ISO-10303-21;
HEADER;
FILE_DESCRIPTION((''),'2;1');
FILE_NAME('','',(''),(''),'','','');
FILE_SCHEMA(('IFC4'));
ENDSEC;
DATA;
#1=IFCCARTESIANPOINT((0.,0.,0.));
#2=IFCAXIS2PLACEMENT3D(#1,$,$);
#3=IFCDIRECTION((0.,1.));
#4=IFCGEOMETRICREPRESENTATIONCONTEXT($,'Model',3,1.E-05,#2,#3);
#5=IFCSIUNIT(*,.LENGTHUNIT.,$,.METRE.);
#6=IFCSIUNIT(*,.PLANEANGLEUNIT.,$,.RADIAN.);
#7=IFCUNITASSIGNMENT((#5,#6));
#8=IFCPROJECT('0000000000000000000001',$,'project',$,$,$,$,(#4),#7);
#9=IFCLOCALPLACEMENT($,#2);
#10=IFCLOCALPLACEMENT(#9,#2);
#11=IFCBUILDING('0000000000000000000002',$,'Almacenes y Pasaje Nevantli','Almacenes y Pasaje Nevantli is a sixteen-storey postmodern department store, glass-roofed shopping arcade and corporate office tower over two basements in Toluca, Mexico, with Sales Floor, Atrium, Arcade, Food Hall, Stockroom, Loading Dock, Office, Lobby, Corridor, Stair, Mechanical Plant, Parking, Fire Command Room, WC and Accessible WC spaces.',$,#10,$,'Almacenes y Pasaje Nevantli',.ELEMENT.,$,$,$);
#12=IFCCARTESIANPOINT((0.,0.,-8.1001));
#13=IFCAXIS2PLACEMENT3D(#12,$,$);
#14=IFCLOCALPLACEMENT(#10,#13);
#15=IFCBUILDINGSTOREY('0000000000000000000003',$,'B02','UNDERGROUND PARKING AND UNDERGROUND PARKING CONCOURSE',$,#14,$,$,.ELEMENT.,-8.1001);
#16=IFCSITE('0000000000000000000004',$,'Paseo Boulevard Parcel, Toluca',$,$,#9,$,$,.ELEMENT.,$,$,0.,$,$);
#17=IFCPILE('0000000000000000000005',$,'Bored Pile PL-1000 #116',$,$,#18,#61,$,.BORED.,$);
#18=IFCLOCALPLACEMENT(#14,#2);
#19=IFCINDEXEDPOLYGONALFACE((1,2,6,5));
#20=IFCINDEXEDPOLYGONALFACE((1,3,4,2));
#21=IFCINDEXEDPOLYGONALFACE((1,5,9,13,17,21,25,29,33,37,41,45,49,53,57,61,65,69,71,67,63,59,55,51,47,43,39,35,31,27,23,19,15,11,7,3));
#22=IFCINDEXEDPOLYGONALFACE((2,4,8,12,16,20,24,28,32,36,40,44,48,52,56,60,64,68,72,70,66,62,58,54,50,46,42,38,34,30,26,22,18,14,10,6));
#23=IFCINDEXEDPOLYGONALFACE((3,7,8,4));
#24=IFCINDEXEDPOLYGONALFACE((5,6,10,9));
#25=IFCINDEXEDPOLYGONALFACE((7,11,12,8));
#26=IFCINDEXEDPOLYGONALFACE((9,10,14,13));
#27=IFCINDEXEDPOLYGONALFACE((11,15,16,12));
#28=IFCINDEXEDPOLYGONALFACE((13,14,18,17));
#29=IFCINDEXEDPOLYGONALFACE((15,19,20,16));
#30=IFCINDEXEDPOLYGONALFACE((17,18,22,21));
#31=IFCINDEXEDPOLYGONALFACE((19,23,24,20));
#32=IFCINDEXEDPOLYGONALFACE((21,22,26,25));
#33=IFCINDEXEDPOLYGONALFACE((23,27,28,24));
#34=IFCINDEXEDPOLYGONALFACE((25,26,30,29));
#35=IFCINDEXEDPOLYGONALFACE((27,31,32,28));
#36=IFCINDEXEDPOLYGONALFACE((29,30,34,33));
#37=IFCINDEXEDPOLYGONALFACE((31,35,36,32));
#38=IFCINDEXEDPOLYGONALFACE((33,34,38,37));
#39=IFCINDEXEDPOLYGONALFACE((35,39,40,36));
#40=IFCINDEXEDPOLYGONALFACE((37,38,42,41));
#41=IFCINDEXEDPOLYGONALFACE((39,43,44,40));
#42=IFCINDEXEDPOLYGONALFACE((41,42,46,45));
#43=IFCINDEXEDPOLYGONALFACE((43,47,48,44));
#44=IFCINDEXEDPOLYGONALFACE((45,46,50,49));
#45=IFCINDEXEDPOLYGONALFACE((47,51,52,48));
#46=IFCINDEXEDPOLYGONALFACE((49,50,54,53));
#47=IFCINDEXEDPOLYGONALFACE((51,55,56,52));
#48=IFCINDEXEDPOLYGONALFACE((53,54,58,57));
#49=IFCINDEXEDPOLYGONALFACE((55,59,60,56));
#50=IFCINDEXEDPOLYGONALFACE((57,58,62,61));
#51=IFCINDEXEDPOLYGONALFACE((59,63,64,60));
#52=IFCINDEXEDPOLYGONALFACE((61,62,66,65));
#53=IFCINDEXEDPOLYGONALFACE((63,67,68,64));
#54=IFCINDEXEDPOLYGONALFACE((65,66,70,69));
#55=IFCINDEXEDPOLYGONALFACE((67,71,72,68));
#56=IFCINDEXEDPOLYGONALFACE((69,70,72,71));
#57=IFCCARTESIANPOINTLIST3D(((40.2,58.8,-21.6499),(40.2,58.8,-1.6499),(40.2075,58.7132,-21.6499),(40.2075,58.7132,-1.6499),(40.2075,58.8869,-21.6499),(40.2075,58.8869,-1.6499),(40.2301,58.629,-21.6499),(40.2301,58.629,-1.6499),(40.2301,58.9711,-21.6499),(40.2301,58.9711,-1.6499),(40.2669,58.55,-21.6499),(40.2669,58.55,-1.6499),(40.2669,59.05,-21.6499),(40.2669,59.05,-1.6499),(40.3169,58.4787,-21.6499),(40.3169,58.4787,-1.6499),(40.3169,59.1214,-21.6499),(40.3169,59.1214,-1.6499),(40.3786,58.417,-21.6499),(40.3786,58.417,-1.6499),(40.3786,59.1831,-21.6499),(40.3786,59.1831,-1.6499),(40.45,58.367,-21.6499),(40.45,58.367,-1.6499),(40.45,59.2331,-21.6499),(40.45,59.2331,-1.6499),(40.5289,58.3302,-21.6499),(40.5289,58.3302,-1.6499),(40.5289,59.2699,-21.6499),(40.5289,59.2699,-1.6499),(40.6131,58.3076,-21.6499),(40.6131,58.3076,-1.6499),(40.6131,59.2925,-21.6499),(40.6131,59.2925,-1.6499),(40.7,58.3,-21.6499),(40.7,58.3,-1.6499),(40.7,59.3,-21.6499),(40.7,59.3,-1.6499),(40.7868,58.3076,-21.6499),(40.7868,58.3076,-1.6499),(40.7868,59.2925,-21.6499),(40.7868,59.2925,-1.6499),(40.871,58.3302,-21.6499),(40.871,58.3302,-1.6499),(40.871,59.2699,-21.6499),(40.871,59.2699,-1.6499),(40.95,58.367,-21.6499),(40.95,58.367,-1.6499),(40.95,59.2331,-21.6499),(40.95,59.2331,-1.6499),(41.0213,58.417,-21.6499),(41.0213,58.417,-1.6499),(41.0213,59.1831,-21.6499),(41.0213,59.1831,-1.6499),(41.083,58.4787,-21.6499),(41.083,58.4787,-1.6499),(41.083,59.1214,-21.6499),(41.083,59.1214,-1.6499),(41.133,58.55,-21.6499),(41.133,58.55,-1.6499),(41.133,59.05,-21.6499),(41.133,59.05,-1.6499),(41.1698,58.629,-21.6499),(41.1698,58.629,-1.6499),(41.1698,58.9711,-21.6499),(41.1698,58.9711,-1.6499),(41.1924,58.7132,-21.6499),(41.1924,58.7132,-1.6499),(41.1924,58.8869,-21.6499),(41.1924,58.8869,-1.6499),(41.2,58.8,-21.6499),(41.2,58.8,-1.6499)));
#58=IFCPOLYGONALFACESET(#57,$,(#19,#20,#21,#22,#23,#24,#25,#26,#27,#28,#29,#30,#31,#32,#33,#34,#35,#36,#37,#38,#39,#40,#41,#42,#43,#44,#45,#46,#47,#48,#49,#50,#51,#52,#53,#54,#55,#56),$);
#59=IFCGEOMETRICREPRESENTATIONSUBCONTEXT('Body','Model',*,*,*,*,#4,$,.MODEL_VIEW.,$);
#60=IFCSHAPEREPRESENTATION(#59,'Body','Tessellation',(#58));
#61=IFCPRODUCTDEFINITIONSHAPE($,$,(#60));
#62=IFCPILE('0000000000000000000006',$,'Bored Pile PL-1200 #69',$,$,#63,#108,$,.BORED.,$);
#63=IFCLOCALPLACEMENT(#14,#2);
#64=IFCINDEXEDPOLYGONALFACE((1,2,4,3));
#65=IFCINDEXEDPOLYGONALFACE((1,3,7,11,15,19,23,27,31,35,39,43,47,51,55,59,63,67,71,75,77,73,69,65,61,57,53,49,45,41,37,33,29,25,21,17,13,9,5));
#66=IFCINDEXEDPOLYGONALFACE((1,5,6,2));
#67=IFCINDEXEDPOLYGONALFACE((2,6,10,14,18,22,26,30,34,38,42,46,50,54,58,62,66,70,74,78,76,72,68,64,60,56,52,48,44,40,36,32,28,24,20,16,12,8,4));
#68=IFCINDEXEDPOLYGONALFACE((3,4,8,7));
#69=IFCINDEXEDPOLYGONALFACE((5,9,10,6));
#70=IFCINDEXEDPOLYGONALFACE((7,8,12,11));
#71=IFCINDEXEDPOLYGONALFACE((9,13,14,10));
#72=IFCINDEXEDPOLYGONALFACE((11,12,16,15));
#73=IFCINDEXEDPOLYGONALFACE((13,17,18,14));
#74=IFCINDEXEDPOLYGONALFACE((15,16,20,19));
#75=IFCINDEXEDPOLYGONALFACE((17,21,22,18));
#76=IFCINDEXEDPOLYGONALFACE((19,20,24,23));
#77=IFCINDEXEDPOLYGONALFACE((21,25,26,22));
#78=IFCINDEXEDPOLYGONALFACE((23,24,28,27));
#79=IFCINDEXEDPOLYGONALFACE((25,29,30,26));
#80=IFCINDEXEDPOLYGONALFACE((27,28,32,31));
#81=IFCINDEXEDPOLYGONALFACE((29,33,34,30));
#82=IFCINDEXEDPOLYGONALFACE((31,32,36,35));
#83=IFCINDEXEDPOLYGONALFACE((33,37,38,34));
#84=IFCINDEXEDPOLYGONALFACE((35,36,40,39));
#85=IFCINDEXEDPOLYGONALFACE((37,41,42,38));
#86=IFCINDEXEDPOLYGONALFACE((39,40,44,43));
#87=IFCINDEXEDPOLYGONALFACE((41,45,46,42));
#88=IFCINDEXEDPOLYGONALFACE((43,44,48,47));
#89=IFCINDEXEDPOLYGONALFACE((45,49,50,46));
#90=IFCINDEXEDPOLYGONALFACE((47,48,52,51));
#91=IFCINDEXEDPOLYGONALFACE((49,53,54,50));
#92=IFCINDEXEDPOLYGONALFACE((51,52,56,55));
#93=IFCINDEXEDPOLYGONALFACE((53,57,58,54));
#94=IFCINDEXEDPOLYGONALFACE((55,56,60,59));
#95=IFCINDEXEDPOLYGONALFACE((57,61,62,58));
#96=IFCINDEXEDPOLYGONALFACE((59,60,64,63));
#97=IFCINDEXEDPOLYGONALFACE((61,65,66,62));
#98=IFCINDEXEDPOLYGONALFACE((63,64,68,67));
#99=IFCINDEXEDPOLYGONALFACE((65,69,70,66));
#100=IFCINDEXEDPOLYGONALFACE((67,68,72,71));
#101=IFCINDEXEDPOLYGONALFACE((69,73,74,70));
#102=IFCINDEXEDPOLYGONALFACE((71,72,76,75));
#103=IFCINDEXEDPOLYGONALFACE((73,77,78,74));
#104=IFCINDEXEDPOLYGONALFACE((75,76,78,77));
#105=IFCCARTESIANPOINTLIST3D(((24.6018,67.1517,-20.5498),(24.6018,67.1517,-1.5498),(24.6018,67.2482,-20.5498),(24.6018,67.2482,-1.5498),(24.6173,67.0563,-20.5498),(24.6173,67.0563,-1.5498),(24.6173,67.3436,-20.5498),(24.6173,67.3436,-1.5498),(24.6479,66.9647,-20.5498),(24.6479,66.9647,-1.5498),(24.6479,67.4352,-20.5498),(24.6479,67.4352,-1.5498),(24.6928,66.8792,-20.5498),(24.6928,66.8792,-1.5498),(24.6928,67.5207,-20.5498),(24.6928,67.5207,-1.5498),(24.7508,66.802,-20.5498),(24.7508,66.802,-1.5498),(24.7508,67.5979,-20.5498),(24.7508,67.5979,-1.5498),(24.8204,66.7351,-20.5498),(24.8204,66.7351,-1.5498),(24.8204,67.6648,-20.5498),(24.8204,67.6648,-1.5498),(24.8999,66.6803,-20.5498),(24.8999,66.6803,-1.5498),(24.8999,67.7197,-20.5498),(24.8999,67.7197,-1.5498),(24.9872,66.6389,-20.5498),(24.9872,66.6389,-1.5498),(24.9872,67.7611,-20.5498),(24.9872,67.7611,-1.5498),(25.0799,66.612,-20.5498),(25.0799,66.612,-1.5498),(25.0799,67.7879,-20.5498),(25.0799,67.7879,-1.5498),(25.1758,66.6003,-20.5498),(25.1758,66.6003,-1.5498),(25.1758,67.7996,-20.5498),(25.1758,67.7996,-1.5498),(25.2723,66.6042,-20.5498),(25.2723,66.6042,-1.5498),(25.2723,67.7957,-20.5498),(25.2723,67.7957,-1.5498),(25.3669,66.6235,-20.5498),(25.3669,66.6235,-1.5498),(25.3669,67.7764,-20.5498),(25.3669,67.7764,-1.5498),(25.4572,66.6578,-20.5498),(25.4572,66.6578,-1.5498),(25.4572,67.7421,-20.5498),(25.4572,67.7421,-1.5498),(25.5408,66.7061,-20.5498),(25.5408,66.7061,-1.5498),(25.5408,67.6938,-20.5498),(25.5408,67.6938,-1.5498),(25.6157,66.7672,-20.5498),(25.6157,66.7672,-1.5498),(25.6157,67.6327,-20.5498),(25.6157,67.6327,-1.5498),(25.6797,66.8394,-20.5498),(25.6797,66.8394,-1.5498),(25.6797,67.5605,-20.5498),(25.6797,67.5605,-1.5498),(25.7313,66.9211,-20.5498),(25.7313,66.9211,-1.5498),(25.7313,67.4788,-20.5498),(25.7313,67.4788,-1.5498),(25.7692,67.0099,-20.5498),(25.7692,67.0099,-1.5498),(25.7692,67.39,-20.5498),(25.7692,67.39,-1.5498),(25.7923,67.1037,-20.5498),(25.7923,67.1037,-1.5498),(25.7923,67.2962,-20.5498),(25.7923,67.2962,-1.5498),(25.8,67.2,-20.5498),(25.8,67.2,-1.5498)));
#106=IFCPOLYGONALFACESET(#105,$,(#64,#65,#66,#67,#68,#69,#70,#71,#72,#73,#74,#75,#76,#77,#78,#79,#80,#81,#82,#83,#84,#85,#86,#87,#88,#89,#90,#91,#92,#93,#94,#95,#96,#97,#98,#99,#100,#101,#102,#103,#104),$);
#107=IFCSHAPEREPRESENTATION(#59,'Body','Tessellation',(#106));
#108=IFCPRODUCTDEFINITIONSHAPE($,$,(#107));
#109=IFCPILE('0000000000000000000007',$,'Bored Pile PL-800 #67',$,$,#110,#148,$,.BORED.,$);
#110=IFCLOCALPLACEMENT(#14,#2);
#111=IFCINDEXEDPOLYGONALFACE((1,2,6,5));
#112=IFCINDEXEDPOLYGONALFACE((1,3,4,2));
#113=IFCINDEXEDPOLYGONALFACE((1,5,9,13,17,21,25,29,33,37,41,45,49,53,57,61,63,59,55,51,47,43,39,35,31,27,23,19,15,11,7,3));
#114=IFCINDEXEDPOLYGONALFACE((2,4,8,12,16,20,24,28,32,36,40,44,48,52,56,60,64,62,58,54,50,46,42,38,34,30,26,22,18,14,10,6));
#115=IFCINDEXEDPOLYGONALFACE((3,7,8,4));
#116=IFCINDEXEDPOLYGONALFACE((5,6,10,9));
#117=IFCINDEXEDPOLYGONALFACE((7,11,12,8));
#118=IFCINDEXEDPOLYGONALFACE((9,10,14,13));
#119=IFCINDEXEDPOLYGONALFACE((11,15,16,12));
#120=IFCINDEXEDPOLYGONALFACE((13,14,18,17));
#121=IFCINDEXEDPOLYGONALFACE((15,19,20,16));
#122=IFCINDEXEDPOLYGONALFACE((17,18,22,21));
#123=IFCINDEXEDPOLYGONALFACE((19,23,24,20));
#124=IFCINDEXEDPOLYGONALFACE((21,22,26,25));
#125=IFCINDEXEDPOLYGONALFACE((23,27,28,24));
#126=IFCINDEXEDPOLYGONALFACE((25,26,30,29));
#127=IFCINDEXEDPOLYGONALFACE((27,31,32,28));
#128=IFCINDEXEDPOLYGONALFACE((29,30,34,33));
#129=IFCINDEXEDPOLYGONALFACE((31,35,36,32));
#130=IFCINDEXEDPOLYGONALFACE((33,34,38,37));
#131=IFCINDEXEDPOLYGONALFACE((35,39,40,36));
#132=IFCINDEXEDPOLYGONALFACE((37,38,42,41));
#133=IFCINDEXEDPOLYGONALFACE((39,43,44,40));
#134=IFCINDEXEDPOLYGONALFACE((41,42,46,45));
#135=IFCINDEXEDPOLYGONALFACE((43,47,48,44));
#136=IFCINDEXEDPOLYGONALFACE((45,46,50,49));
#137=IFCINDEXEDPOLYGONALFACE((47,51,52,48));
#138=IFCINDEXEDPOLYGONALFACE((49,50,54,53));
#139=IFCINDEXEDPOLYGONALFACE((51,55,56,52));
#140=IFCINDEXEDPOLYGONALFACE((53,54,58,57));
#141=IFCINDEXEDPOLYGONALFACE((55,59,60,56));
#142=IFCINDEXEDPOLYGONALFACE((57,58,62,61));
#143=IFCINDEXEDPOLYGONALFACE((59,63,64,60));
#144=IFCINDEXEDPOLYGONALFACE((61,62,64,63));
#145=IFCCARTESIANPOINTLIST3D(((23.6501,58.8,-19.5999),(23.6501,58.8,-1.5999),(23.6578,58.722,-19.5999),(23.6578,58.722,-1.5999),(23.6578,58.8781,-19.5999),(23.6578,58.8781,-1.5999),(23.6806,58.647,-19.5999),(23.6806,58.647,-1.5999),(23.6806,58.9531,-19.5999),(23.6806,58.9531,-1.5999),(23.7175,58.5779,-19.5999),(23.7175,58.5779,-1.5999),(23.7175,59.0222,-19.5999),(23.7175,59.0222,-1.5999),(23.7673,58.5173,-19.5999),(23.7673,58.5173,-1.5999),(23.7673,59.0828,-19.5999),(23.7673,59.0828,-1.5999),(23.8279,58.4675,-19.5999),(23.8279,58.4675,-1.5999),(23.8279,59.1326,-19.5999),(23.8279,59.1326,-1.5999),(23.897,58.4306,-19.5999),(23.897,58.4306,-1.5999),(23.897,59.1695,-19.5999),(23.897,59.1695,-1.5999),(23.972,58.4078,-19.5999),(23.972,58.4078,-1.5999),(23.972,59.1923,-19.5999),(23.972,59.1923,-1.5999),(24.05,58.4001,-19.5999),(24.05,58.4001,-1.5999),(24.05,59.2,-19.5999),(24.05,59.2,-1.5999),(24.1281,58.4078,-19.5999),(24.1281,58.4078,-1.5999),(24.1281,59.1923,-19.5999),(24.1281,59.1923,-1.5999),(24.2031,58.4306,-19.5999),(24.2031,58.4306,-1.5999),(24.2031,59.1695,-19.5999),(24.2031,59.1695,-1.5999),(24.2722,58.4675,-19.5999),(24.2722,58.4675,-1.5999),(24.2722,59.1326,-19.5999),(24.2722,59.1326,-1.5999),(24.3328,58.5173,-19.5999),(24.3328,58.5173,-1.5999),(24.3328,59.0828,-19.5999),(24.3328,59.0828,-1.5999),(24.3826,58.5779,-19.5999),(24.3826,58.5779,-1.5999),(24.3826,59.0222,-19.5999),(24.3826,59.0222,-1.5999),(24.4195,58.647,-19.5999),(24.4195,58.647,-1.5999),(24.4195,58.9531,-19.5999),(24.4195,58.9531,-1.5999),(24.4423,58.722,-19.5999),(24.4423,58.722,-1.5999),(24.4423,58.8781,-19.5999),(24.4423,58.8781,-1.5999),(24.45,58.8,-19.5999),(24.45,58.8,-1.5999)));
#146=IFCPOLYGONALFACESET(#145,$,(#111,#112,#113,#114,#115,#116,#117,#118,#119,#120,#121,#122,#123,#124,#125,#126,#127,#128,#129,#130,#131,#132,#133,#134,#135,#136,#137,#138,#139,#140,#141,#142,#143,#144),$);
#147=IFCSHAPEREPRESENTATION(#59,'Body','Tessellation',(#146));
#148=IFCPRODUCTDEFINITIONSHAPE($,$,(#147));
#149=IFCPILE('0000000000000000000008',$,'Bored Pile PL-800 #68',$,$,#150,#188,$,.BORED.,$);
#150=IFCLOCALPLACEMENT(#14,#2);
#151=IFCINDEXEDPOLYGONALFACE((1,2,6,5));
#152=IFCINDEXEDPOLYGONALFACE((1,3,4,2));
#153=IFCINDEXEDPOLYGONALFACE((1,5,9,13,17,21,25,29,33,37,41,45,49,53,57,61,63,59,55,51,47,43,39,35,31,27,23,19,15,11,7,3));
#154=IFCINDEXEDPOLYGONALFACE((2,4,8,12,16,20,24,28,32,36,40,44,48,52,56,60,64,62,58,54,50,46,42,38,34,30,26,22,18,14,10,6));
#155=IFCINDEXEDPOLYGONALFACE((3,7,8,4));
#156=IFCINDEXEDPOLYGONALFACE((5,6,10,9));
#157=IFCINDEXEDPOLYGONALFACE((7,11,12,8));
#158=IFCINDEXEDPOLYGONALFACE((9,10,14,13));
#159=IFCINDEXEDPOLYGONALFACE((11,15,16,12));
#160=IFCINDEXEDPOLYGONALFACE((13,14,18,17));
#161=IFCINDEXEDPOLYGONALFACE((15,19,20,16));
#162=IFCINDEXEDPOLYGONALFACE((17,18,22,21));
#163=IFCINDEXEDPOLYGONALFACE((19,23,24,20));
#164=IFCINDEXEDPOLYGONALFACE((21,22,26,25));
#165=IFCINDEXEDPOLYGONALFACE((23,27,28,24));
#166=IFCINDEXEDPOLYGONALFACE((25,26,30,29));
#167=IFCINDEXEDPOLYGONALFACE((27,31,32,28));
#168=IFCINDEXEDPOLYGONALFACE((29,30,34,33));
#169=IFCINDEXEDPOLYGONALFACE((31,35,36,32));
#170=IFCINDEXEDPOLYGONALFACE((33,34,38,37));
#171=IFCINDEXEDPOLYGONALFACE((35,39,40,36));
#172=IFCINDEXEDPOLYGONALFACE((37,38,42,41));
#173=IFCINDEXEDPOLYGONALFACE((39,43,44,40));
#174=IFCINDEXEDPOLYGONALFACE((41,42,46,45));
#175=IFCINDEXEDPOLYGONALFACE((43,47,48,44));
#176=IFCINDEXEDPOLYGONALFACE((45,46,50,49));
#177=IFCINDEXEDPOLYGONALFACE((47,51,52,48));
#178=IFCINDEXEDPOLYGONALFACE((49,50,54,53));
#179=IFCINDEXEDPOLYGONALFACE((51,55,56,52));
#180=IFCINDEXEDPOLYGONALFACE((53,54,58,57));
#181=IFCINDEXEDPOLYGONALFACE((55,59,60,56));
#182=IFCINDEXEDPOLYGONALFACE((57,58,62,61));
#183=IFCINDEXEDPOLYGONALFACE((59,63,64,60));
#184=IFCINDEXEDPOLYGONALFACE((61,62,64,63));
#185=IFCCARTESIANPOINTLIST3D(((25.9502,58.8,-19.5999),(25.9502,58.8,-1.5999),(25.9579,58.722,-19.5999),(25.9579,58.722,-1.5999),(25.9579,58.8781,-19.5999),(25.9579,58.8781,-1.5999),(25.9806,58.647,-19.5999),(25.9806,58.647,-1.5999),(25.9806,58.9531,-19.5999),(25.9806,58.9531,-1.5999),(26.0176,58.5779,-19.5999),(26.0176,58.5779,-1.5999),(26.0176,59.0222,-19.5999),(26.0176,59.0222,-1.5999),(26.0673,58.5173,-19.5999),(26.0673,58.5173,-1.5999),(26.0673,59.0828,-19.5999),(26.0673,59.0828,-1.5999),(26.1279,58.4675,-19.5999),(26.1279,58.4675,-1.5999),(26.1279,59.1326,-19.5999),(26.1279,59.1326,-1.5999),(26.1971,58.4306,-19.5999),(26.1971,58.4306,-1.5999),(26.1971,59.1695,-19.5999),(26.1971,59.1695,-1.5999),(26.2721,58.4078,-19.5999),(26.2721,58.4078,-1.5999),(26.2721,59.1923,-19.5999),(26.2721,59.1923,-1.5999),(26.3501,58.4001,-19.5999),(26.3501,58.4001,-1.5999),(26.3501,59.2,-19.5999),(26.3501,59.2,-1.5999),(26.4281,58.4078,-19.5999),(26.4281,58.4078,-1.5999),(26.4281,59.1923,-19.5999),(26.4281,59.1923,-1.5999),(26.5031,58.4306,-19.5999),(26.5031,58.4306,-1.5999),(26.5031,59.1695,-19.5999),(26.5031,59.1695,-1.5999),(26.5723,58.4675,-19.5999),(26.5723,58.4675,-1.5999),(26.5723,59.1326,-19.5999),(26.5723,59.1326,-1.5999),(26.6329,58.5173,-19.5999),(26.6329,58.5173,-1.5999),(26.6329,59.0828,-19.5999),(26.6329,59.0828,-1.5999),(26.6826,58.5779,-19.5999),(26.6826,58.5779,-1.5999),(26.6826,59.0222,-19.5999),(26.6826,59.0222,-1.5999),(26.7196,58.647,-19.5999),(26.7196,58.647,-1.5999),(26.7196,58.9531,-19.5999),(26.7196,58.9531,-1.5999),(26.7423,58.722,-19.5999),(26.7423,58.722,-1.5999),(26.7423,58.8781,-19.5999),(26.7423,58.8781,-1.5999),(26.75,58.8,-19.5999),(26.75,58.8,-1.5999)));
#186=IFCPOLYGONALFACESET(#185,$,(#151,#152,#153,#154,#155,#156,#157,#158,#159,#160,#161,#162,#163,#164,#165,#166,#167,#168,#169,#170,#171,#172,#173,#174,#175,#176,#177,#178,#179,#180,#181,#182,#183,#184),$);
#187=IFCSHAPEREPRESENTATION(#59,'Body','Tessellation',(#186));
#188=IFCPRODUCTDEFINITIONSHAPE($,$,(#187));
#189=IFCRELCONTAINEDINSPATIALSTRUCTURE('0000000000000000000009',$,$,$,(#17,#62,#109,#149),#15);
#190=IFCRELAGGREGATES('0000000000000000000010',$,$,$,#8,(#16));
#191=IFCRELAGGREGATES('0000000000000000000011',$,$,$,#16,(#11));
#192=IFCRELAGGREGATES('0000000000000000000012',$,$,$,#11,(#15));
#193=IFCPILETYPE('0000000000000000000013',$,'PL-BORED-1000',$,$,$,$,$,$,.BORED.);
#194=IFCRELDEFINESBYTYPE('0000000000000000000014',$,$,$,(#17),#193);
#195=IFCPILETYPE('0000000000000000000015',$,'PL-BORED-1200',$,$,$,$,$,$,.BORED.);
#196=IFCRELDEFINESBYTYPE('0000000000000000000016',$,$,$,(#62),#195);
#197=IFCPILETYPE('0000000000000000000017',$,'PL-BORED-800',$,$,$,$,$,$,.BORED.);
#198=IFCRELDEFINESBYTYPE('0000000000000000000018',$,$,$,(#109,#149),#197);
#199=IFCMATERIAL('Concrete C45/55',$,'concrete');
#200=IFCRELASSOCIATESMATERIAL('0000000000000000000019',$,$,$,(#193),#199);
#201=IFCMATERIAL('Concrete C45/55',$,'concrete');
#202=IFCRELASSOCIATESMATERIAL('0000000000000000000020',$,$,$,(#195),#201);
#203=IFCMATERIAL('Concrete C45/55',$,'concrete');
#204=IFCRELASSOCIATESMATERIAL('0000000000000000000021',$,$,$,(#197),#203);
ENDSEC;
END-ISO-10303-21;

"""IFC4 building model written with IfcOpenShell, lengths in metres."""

from ifc_helpers import new_model, si_unit, direction, frame, origin, origin_2d, place, context, subcontext, project, spatial, circle, extrude, material, material_profile, profile_set, type_object, element, save


model = new_model("IFC4")

# Units and contexts
model_context = context("Model", 3, precision=1e-05, world=origin(), true_north=direction((0.0, 1.0)))
body_context = subcontext(model_context, "Body", "Model", "MODEL_VIEW")
ifc_project = project(units=[si_unit("LENGTHUNIT", "METRE"), si_unit("PLANEANGLEUNIT", "RADIAN")], contexts=[model_context])

# Site, building, storey
site_placement = place(None, origin())
site = spatial("IfcSite", under=ifc_project, at=site_placement, Name="Paseo Boulevard Parcel, Toluca", CompositionType="ELEMENT", RefElevation=0.0)
building_placement = place(site_placement, origin())
building = spatial("IfcBuilding", under=site, at=building_placement, Name="Almacenes y Pasaje Nevantli", Description="Almacenes y Pasaje Nevantli is a sixteen-storey postmodern department store, glass-roofed shopping arcade and corporate office tower over two basements in Toluca, Mexico, with Sales Floor, Atrium, Arcade, Food Hall, Stockroom, Loading Dock, Office, Lobby, Corridor, Stair, Mechanical Plant, Parking, Fire Command Room, WC and Accessible WC spaces.", LongName="Almacenes y Pasaje Nevantli", CompositionType="ELEMENT")
storey_placement = place(building_placement, frame((0.0, 0.0, -8.1001)))
storey = spatial("IfcBuildingStorey", under=building, at=storey_placement, Name="B02", Description="UNDERGROUND PARKING AND UNDERGROUND PARKING CONCOURSE", CompositionType="ELEMENT", Elevation=-8.1001)

# Piles
ifc_material_1 = material(Name="Concrete C45/55", Category="concrete")
ifc_material_profile_1 = material_profile(ifc_material_1, circle(Radius=0.5, at=origin_2d()), Name="RC-PILE-D1000")
ifc_profile_set_1 = profile_set([ifc_material_profile_1], Name="Concrete C45/55")
pile_type_1 = type_object("IfcPileType", Name="PL-BORED-1000", PredefinedType="BORED", material=ifc_profile_set_1)
for number, where, z_axis, x_axis, name in (
    (1, (40.7, 58.8, -1.6499), (0.0, 0.0, -1.0), (1.0, 0.0, 0.0), "Bored Pile PL-1000 #116"),
):
    element("IfcPile", number, at=place(storey_placement, frame(where, z_axis=z_axis, x_axis=x_axis)), inside=storey, type_object=pile_type_1, Name=name, PredefinedType="BORED", context=body_context, shape_type="SweptSolid", body=[
        extrude(circle(Radius=0.5, at=origin_2d()), origin(), (0.0, 0.0, 1.0), 20.0),
    ])
ifc_material_2 = material(Name="Concrete C45/55", Category="concrete")
ifc_material_profile_2 = material_profile(ifc_material_2, circle(Radius=0.6001, at=origin_2d()), Name="RC-PILE-D1200")
ifc_profile_set_2 = profile_set([ifc_material_profile_2], Name="Concrete C45/55")
pile_type_2 = type_object("IfcPileType", Name="PL-BORED-1200", PredefinedType="BORED", material=ifc_profile_set_2)
pile_placement = place(storey_placement, frame((25.2, 67.2, -1.5498), z_axis=(0.0, 0.0, -1.0), x_axis=(1.0, 0.0, 0.0)))
element("IfcPile", 2, at=pile_placement, inside=storey, type_object=pile_type_2, Name="Bored Pile PL-1200 #69", PredefinedType="BORED", context=body_context, shape_type="SweptSolid", body=[
    extrude(circle(Radius=0.6001, at=origin_2d()), origin(), (0.0, 0.0, 1.0), 19.0),
])
ifc_material_3 = material(Name="Concrete C45/55", Category="concrete")
ifc_material_profile_3 = material_profile(ifc_material_3, circle(Radius=0.3999, at=origin_2d()), Name="RC-PILE-D800")
ifc_profile_set_3 = profile_set([ifc_material_profile_3], Name="Concrete C45/55")
pile_type_3 = type_object("IfcPileType", Name="PL-BORED-800", PredefinedType="BORED", material=ifc_profile_set_3)
for number, where, z_axis, x_axis, name in (
    (3, (24.05, 58.8, -1.5999), (0.0, 0.0, -1.0), (1.0, 0.0, 0.0), "Bored Pile PL-800 #67"),
    (4, (26.3501, 58.8, -1.5999), (0.0, 0.0, -1.0), (1.0, 0.0, 0.0), "Bored Pile PL-800 #68"),
):
    element("IfcPile", number, at=place(storey_placement, frame(where, z_axis=z_axis, x_axis=x_axis)), inside=storey, type_object=pile_type_3, Name=name, PredefinedType="BORED", context=body_context, shape_type="SweptSolid", body=[
        extrude(circle(Radius=0.3999, at=origin_2d()), origin(), (0.0, 0.0, 1.0), 18.0),
    ])

save(model, "model.ifc")
